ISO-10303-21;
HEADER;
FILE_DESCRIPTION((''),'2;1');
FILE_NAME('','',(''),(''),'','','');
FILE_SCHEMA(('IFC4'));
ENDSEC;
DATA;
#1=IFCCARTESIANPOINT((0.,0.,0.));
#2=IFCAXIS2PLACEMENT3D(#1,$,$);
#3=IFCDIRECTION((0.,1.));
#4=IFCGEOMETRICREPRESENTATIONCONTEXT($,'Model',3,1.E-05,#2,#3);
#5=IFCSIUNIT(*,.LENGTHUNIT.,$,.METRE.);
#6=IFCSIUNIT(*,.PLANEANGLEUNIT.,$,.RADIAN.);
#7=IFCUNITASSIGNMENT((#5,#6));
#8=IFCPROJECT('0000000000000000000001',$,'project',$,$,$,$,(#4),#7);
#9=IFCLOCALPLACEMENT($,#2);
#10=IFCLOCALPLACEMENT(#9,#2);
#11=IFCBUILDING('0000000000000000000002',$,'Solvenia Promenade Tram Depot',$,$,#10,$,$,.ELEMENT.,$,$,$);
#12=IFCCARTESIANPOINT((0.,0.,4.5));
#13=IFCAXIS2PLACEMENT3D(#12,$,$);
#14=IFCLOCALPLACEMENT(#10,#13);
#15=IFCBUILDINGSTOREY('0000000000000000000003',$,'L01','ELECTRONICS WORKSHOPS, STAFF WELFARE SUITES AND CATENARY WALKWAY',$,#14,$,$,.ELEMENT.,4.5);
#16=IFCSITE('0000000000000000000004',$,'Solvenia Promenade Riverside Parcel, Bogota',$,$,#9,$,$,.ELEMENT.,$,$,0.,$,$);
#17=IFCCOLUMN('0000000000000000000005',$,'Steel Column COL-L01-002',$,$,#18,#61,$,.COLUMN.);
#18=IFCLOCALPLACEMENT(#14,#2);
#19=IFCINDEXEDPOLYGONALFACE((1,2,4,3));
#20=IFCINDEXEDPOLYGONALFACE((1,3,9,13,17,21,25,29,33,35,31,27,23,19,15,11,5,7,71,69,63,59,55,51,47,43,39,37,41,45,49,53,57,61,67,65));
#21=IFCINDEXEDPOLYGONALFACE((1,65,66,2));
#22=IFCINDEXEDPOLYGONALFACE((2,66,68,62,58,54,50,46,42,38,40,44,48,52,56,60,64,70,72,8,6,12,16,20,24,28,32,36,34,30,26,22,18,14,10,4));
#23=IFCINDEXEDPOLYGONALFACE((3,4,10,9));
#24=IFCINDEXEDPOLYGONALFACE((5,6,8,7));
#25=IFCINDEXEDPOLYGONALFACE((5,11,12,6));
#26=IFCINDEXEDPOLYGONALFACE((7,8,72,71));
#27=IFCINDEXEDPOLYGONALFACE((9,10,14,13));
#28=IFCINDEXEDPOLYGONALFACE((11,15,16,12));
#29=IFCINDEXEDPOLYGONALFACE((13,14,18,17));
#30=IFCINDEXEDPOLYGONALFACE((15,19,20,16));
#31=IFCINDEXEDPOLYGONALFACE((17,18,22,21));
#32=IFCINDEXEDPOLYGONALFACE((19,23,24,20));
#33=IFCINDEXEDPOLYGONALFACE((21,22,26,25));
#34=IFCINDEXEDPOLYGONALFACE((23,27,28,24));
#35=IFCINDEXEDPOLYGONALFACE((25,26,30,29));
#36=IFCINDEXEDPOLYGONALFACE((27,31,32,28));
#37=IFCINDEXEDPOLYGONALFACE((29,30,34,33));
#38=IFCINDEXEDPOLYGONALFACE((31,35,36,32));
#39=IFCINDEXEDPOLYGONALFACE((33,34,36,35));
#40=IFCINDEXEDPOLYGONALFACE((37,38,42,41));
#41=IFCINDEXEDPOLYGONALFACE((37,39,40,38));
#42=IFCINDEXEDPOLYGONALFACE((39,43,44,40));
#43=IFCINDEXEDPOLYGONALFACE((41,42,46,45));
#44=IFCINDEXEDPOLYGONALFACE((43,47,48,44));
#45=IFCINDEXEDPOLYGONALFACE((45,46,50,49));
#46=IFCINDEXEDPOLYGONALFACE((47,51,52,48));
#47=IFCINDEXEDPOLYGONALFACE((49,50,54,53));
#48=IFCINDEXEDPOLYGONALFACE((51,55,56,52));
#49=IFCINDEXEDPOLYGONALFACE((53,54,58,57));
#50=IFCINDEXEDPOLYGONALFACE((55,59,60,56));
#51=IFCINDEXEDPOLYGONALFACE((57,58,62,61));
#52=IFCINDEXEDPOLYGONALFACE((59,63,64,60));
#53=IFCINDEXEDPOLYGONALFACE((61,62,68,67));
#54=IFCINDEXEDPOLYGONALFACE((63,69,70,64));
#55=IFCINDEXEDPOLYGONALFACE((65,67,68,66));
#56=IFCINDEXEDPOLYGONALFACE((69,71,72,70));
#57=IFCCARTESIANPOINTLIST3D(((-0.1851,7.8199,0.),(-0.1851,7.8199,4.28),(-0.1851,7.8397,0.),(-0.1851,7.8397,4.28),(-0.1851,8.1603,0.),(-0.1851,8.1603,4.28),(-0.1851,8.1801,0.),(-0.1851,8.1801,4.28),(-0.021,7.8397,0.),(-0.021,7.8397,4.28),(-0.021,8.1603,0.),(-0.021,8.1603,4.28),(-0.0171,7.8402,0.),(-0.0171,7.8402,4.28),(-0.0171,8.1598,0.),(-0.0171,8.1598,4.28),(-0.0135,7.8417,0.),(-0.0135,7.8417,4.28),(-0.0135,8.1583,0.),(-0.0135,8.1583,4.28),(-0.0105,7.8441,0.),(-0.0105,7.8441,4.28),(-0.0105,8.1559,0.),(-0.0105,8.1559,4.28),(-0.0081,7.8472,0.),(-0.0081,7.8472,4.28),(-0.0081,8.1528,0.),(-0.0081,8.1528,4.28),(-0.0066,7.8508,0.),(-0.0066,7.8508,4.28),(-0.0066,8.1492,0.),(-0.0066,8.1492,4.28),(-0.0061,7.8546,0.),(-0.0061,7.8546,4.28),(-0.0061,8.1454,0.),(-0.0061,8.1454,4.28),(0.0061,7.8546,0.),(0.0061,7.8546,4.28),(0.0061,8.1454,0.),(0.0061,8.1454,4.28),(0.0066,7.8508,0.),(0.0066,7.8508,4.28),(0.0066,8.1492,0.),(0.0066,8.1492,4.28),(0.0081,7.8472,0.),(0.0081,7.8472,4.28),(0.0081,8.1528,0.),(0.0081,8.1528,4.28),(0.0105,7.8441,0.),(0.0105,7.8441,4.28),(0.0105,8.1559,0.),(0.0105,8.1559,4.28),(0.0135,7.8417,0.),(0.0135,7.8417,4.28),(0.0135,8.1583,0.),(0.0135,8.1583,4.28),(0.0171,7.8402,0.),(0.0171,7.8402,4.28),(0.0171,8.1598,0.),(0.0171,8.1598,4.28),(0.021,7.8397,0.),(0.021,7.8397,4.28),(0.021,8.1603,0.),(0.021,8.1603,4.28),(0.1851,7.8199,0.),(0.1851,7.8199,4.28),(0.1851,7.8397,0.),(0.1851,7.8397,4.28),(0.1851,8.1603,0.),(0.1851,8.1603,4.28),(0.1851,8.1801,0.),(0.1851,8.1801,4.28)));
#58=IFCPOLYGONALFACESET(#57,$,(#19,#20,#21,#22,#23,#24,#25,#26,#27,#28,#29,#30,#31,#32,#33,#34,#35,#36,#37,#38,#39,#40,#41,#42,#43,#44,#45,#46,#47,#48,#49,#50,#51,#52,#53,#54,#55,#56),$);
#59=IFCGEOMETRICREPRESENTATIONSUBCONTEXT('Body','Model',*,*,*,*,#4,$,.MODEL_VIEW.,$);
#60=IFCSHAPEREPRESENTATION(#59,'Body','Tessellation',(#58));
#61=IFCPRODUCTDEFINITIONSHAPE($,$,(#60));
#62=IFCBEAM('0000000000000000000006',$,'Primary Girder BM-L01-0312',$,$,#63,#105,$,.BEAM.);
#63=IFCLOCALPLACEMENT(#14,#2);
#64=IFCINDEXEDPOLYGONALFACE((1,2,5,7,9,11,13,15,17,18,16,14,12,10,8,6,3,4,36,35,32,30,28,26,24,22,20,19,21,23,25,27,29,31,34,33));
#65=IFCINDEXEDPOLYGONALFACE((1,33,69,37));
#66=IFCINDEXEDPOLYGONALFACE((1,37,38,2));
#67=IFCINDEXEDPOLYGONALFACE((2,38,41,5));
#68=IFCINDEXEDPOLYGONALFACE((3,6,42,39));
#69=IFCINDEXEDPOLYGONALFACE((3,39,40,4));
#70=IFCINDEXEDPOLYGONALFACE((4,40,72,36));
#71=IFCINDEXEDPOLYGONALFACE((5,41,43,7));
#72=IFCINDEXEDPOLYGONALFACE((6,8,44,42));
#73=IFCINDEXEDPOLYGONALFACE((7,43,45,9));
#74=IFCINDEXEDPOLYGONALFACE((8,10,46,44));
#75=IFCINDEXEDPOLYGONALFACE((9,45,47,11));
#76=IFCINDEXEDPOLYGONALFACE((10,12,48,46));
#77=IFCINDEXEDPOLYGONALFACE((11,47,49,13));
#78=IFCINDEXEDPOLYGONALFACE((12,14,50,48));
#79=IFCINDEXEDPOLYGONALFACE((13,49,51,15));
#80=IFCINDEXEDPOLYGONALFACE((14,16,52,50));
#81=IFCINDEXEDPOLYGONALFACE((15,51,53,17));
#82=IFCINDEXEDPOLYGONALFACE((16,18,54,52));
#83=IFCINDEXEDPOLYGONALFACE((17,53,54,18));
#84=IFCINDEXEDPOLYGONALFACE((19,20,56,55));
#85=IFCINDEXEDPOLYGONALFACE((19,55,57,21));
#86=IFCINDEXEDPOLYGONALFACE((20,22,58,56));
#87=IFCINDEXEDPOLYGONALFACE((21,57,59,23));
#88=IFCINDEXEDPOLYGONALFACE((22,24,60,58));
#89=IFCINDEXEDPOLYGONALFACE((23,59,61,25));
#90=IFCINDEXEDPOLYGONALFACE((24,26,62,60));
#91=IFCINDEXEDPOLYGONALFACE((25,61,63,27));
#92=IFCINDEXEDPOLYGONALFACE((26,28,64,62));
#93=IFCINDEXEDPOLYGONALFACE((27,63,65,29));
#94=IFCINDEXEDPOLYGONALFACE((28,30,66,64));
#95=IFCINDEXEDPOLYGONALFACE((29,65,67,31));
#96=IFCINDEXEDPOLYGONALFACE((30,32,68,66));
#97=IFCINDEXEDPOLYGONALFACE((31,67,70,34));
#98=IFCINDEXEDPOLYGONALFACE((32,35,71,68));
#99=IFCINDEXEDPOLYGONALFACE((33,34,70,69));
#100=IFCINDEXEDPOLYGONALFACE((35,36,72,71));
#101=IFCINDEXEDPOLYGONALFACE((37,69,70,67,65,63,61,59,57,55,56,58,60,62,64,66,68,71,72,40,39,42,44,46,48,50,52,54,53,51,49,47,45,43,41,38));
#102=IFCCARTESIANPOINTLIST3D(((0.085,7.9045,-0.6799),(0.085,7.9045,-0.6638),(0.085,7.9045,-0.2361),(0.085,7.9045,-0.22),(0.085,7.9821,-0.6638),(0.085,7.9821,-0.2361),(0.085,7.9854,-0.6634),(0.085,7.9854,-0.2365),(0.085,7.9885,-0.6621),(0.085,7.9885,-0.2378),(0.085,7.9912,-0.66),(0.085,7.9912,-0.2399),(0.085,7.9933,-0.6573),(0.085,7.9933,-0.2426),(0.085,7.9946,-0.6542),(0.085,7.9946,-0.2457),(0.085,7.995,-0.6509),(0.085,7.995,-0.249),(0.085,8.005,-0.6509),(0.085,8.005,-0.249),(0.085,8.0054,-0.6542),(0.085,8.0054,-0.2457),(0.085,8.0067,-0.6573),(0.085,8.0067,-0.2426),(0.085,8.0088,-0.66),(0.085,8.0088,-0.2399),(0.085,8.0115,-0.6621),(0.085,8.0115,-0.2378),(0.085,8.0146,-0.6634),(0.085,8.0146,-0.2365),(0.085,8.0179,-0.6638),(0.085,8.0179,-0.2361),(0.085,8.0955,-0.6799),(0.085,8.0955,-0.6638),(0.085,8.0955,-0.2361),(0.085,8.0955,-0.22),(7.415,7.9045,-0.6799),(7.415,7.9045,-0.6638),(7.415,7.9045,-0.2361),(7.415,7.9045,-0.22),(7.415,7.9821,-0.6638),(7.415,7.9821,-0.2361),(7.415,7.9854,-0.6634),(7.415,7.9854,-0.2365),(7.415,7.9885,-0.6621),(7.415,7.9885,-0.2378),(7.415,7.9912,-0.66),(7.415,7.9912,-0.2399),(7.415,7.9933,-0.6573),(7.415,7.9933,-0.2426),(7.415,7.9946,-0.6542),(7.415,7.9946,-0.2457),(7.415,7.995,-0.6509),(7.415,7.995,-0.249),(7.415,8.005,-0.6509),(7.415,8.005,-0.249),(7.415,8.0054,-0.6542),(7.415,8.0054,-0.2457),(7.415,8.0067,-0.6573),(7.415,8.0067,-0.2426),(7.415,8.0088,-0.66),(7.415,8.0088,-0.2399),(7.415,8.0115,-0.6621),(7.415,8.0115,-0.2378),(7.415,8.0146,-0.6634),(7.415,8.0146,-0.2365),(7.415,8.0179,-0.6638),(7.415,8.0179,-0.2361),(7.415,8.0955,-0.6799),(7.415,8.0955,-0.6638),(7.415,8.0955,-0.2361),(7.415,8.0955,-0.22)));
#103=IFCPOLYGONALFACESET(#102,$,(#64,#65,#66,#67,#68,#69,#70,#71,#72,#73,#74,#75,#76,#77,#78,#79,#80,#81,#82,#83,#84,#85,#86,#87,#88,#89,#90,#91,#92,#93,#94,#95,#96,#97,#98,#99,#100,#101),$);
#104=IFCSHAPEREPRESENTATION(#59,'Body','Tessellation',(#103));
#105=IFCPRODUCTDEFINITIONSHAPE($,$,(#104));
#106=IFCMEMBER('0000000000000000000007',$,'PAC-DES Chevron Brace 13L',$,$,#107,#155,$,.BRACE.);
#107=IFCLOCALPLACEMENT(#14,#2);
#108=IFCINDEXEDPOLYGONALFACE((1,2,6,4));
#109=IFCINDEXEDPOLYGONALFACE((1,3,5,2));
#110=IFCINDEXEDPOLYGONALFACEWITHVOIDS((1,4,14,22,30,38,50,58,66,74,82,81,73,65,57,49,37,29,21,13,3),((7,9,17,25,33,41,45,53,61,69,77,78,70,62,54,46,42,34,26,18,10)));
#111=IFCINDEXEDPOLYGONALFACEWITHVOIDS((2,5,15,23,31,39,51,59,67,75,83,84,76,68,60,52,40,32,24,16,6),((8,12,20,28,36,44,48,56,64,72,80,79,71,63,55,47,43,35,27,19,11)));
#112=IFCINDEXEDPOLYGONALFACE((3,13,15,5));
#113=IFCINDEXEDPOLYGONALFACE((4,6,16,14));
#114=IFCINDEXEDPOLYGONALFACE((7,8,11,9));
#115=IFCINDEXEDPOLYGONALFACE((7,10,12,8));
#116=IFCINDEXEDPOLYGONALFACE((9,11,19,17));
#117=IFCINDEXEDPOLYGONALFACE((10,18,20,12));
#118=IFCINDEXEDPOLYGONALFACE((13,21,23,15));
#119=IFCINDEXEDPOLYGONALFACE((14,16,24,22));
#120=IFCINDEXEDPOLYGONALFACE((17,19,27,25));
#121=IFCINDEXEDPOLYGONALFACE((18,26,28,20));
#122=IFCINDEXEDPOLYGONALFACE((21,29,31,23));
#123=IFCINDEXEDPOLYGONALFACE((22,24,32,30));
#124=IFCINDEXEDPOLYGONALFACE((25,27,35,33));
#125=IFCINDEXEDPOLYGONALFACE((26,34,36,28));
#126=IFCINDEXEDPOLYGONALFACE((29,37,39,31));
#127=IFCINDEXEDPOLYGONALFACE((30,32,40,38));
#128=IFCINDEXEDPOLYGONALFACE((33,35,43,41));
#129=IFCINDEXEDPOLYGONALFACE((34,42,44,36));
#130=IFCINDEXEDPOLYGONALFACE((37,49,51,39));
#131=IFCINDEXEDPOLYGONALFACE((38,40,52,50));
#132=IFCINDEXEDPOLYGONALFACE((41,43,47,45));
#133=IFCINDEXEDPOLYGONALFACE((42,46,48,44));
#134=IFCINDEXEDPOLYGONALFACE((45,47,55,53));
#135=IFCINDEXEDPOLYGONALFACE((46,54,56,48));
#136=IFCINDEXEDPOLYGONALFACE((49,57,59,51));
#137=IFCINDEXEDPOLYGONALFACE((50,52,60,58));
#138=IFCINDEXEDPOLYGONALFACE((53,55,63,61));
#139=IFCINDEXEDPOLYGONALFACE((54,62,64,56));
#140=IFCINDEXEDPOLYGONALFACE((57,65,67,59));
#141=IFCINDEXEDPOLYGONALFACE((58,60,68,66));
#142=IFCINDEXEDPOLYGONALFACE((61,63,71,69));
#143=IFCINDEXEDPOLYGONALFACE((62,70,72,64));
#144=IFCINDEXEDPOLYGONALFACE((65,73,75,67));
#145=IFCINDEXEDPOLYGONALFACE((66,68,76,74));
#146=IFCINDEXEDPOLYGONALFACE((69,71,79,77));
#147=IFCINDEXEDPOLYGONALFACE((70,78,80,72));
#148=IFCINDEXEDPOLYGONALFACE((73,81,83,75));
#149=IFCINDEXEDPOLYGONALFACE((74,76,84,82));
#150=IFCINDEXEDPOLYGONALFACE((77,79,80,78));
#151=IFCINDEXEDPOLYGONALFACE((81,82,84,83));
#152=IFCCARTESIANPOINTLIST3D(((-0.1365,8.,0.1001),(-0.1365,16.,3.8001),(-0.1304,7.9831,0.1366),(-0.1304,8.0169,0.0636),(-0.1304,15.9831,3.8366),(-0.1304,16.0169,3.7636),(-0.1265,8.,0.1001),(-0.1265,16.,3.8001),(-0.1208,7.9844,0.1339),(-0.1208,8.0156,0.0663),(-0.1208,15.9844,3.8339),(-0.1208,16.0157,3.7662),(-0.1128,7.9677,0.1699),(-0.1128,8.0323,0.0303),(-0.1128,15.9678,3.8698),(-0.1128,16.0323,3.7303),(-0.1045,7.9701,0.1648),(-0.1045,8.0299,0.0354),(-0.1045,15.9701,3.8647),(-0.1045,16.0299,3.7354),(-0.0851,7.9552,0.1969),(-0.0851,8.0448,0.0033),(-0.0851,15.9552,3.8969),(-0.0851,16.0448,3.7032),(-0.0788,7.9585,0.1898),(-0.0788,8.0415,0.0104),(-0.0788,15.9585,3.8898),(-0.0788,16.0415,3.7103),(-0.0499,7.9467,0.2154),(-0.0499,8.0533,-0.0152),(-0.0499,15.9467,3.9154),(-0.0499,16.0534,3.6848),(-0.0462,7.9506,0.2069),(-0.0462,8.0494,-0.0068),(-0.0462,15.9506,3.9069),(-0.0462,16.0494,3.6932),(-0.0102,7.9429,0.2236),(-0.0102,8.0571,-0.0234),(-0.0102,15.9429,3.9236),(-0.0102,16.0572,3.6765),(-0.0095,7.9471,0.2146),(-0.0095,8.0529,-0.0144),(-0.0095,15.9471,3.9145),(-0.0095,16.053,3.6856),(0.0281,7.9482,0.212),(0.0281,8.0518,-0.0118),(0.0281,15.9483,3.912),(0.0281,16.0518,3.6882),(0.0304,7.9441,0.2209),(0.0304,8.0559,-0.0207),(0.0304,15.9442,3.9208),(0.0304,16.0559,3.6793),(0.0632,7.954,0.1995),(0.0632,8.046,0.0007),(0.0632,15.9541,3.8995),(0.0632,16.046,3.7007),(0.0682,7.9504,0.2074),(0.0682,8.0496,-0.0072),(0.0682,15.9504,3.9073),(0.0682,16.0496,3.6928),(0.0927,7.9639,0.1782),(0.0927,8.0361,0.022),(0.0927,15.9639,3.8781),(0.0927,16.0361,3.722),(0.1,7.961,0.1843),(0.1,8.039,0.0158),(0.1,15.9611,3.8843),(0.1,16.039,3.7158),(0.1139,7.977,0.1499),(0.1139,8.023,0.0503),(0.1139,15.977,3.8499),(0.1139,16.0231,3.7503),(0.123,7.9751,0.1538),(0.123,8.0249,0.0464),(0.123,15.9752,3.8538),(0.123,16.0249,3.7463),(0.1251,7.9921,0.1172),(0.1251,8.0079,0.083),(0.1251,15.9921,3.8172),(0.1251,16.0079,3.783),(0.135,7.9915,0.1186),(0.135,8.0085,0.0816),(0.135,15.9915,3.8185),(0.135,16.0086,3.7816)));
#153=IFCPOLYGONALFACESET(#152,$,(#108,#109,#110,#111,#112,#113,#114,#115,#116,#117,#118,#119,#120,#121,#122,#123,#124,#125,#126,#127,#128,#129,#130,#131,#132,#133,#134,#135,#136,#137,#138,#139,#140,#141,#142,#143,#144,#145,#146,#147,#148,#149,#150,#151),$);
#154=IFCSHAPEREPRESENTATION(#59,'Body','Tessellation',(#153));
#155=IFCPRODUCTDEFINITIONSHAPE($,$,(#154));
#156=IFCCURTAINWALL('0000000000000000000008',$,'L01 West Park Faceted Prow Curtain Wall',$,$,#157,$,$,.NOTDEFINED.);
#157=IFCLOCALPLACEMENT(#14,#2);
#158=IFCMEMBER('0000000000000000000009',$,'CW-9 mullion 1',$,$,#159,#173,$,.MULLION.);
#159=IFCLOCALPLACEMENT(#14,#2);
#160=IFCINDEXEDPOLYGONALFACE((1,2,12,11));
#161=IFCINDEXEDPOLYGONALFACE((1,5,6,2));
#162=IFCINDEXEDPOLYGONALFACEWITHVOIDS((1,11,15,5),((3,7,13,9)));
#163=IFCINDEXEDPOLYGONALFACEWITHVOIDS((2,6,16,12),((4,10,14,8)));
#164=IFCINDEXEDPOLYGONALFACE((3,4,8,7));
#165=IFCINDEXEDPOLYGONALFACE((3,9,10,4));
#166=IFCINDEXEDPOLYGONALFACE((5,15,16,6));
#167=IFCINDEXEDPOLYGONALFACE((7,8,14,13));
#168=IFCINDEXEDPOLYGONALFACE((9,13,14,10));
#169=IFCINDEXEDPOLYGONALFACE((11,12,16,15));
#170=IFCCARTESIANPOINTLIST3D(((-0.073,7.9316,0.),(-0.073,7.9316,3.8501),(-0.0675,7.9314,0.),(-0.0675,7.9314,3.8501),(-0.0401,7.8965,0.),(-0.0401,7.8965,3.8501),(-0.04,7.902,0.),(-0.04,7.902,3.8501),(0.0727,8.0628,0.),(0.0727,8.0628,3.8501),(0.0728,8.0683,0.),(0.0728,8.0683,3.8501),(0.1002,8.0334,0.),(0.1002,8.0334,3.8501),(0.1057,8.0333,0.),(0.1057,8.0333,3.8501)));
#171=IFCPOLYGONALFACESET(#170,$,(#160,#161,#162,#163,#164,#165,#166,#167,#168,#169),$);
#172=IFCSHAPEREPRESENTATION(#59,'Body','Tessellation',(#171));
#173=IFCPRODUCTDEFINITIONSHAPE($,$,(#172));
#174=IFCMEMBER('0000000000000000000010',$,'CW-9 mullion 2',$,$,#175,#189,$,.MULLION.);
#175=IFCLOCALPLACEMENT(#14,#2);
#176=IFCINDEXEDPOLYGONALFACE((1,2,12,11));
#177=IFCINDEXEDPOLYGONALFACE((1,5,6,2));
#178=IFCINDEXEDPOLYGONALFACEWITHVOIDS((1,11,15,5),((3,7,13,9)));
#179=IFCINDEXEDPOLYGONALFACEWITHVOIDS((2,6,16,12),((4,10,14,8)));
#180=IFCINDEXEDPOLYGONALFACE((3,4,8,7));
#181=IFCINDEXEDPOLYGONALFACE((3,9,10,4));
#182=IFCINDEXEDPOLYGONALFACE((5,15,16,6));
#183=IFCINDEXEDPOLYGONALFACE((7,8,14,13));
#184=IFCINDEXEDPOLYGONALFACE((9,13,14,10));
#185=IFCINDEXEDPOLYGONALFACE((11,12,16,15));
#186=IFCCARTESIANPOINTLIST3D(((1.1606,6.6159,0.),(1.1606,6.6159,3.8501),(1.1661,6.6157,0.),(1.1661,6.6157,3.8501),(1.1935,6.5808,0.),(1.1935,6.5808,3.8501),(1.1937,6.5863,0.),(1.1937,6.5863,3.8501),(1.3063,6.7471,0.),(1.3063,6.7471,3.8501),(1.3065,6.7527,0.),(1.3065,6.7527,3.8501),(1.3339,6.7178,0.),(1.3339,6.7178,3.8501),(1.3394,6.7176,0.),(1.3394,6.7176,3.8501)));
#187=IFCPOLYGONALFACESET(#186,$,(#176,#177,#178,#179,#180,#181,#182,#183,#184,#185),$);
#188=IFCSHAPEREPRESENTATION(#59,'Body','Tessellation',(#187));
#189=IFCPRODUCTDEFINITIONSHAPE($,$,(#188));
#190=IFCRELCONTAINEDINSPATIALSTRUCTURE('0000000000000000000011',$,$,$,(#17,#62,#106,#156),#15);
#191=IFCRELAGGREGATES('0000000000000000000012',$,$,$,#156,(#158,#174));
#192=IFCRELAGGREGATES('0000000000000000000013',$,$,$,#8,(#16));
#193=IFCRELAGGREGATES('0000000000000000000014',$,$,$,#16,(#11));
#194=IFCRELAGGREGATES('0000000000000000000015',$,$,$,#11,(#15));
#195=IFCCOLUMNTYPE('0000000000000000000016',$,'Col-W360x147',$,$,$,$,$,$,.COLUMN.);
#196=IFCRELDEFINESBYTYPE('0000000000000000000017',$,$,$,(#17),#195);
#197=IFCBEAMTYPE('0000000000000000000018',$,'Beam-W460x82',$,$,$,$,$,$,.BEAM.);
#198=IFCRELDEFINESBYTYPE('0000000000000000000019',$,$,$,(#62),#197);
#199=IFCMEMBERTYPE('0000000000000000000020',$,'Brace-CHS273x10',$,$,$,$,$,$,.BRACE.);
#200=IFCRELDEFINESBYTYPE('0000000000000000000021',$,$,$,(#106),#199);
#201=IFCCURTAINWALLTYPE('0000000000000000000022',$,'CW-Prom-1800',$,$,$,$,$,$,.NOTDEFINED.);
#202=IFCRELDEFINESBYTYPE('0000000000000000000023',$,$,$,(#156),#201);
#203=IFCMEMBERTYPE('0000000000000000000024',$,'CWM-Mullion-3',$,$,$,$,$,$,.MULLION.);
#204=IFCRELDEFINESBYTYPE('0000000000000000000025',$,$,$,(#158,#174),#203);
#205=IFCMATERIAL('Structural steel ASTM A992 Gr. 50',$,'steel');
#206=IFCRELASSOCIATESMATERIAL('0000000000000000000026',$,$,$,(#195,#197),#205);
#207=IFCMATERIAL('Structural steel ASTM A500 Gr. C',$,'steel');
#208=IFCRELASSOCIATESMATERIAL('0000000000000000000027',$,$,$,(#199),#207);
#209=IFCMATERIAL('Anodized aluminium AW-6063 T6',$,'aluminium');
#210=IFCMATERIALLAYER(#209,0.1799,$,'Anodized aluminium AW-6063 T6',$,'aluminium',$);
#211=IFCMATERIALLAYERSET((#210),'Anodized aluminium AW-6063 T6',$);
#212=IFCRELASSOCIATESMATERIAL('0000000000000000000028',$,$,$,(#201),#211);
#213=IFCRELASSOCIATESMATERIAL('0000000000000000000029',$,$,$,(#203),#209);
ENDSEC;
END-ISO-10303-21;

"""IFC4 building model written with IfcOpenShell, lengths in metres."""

from ifc_helpers import new_model, si_unit, direction, frame, origin, origin_2d, place, context, subcontext, project, spatial, hollow_rectangle, hollow_circle, i_section, extrude, material, layer, layer_set, material_profile, profile_set, type_object, element, aggregate, save


model = new_model("IFC4")

# Units and contexts
model_context = context("Model", 3, precision=1e-05, world=origin(), true_north=direction((0.0, 1.0)))
body_context = subcontext(model_context, "Body", "Model", "MODEL_VIEW")
ifc_project = project(units=[si_unit("LENGTHUNIT", "METRE"), si_unit("PLANEANGLEUNIT", "RADIAN")], contexts=[model_context])

# Site, building, storey
site_placement = place(None, origin())
site = spatial("IfcSite", under=ifc_project, at=site_placement, Name="Solvenia Promenade Riverside Parcel, Bogota", CompositionType="ELEMENT", RefElevation=0.0)
building_placement = place(site_placement, origin())
building = spatial("IfcBuilding", under=site, at=building_placement, Name="Solvenia Promenade Tram Depot", CompositionType="ELEMENT")
storey_placement = place(building_placement, frame((0.0, 0.0, 4.5)))
storey = spatial("IfcBuildingStorey", under=building, at=storey_placement, Name="L01", Description="ELECTRONICS WORKSHOPS, STAFF WELFARE SUITES AND CATENARY WALKWAY", CompositionType="ELEMENT", Elevation=4.5)

# Column
ifc_material_1 = material(Name="Structural steel ASTM A992 Gr. 50", Category="steel")
ifc_material_profile_1 = material_profile(ifc_material_1, i_section(OverallWidth=0.3701, OverallDepth=0.3601, WebThickness=0.0122, FlangeThickness=0.0198, FilletRadius=0.0149, at=origin_2d()), Name="W360x147", Category="steel")
ifc_profile_set_1 = profile_set([ifc_material_profile_1], Name="Structural steel ASTM A992 Gr. 50")
column_type = type_object("IfcColumnType", Name="Col-W360x147", PredefinedType="COLUMN", material=ifc_profile_set_1)
column_placement = place(storey_placement, frame((0.0, 8.0, 0.0), z_axis=(0.0, 0.0, 1.0), x_axis=(1.0, 0.0, 0.0)))
element("IfcColumn", 1, at=column_placement, inside=storey, type_object=column_type, Name="Steel Column COL-L01-002", PredefinedType="COLUMN", context=body_context, shape_type="SweptSolid", body=[
    extrude(i_section(OverallWidth=0.3701, OverallDepth=0.3601, WebThickness=0.0122, FlangeThickness=0.0198, FilletRadius=0.0149, at=origin_2d()), origin(), (0.0, 0.0, 1.0), 4.28),
])

# Beam
ifc_material_profile_2 = material_profile(ifc_material_1, i_section(OverallWidth=0.1909, OverallDepth=0.46, WebThickness=0.01, FlangeThickness=0.0161, FilletRadius=0.0129, at=origin_2d()), Name="W460x82", Category="steel")
ifc_profile_set_2 = profile_set([ifc_material_profile_2], Name="Structural steel ASTM A992 Gr. 50")
beam_type_1 = type_object("IfcBeamType", Name="Beam-W460x82", PredefinedType="BEAM", material=ifc_profile_set_2)
beam_1_placement = place(storey_placement, frame((0.085, 8.0, -0.45), z_axis=(1.0, 0.0, 0.0), x_axis=(0.0, 1.0, 0.0)))
element("IfcBeam", 2, at=beam_1_placement, inside=storey, type_object=beam_type_1, Name="Primary Girder BM-L01-0312", PredefinedType="BEAM", context=body_context, shape_type="SweptSolid", body=[
    extrude(i_section(OverallWidth=0.1909, OverallDepth=0.46, WebThickness=0.01, FlangeThickness=0.0161, FilletRadius=0.0129, at=origin_2d()), origin(), (0.0, 0.0, 1.0), 7.3301),
])

# Member
ifc_material_2 = material(Name="Structural steel ASTM A500 Gr. C", Category="steel")
ifc_material_profile_3 = material_profile(ifc_material_2, hollow_circle(Radius=0.1365, WallThickness=0.01, at=origin_2d()), Name="CHS273.0x10", Category="steel")
ifc_profile_set_3 = profile_set([ifc_material_profile_3], Name="Structural steel ASTM A500 Gr. C")
member_type_1 = type_object("IfcMemberType", Name="Brace-CHS273x10", PredefinedType="BRACE", material=ifc_profile_set_3)
member_1_placement = place(storey_placement, frame((0.0, 8.0, 0.1001), z_axis=(0.0, 0.907629, 0.419773), x_axis=(-1.0, 0.0, 0.0)))
element("IfcMember", 3, at=member_1_placement, inside=storey, type_object=member_type_1, Name="PAC-DES Chevron Brace 13L", PredefinedType="BRACE", context=body_context, shape_type="SweptSolid", body=[
    extrude(hollow_circle(Radius=0.1365, WallThickness=0.01, at=origin_2d()), origin(), (0.0, 0.0, 1.0), 8.8142),
])

# Curtain wall, members
ifc_material_3 = material(Name="Anodized aluminium AW-6063 T6", Category="aluminium")
ifc_layer_1 = layer(ifc_material_3, 0.1799, Name="Anodized aluminium AW-6063 T6", Category="aluminium")
ifc_layer_set_1 = layer_set([ifc_layer_1], Name="Anodized aluminium AW-6063 T6")
curtain_wall_type_1 = type_object("IfcCurtainWallType", Name="CW-Prom-1800", PredefinedType="NOTDEFINED", material=ifc_layer_set_1)
curtain_wall_1_placement = place(storey_placement, origin())
curtain_wall_1 = element("IfcCurtainWall", 4, at=curtain_wall_1_placement, inside=storey, type_object=curtain_wall_type_1, Name="L01 West Park Faceted Prow Curtain Wall", PredefinedType="NOTDEFINED")
ifc_material_profile_4 = material_profile(ifc_material_3, hollow_rectangle(XDim=0.2, YDim=0.0481, WallThickness=0.0039, at=origin_2d()), Name="ALU-M3", Category="aluminium")
ifc_profile_set_4 = profile_set([ifc_material_profile_4], Name="Anodized aluminium AW-6063 T6")
member_type_2 = type_object("IfcMemberType", Name="CWM-Mullion-3", PredefinedType="MULLION", material=ifc_profile_set_4)
member_2_placement = place(storey_placement, frame((0.0164, 7.9824, 0.0), z_axis=(0.0, 0.0, 1.0), x_axis=(0.729537, 0.683941, 0.0)))
member_2 = element("IfcMember", 5, at=member_2_placement, type_object=member_type_2, Name="CW-9 mullion 1", PredefinedType="MULLION", context=body_context, shape_type="SweptSolid", body=[
    extrude(hollow_rectangle(XDim=0.2, YDim=0.0481, WallThickness=0.0039, at=origin_2d()), origin(), (0.0, 0.0, 1.0), 3.8501),
])
member_3_placement = place(storey_placement, frame((1.25, 6.6667, 0.0), z_axis=(0.0, 0.0, 1.0), x_axis=(0.729537, 0.683941, 0.0)))
member_3 = element("IfcMember", 6, at=member_3_placement, type_object=member_type_2, Name="CW-9 mullion 2", PredefinedType="MULLION", context=body_context, shape_type="SweptSolid", body=[
    extrude(hollow_rectangle(XDim=0.2, YDim=0.0481, WallThickness=0.0039, at=origin_2d()), origin(), (0.0, 0.0, 1.0), 3.8501),
])

aggregate(curtain_wall_1, [member_2, member_3])

save(model, "model.ifc")
